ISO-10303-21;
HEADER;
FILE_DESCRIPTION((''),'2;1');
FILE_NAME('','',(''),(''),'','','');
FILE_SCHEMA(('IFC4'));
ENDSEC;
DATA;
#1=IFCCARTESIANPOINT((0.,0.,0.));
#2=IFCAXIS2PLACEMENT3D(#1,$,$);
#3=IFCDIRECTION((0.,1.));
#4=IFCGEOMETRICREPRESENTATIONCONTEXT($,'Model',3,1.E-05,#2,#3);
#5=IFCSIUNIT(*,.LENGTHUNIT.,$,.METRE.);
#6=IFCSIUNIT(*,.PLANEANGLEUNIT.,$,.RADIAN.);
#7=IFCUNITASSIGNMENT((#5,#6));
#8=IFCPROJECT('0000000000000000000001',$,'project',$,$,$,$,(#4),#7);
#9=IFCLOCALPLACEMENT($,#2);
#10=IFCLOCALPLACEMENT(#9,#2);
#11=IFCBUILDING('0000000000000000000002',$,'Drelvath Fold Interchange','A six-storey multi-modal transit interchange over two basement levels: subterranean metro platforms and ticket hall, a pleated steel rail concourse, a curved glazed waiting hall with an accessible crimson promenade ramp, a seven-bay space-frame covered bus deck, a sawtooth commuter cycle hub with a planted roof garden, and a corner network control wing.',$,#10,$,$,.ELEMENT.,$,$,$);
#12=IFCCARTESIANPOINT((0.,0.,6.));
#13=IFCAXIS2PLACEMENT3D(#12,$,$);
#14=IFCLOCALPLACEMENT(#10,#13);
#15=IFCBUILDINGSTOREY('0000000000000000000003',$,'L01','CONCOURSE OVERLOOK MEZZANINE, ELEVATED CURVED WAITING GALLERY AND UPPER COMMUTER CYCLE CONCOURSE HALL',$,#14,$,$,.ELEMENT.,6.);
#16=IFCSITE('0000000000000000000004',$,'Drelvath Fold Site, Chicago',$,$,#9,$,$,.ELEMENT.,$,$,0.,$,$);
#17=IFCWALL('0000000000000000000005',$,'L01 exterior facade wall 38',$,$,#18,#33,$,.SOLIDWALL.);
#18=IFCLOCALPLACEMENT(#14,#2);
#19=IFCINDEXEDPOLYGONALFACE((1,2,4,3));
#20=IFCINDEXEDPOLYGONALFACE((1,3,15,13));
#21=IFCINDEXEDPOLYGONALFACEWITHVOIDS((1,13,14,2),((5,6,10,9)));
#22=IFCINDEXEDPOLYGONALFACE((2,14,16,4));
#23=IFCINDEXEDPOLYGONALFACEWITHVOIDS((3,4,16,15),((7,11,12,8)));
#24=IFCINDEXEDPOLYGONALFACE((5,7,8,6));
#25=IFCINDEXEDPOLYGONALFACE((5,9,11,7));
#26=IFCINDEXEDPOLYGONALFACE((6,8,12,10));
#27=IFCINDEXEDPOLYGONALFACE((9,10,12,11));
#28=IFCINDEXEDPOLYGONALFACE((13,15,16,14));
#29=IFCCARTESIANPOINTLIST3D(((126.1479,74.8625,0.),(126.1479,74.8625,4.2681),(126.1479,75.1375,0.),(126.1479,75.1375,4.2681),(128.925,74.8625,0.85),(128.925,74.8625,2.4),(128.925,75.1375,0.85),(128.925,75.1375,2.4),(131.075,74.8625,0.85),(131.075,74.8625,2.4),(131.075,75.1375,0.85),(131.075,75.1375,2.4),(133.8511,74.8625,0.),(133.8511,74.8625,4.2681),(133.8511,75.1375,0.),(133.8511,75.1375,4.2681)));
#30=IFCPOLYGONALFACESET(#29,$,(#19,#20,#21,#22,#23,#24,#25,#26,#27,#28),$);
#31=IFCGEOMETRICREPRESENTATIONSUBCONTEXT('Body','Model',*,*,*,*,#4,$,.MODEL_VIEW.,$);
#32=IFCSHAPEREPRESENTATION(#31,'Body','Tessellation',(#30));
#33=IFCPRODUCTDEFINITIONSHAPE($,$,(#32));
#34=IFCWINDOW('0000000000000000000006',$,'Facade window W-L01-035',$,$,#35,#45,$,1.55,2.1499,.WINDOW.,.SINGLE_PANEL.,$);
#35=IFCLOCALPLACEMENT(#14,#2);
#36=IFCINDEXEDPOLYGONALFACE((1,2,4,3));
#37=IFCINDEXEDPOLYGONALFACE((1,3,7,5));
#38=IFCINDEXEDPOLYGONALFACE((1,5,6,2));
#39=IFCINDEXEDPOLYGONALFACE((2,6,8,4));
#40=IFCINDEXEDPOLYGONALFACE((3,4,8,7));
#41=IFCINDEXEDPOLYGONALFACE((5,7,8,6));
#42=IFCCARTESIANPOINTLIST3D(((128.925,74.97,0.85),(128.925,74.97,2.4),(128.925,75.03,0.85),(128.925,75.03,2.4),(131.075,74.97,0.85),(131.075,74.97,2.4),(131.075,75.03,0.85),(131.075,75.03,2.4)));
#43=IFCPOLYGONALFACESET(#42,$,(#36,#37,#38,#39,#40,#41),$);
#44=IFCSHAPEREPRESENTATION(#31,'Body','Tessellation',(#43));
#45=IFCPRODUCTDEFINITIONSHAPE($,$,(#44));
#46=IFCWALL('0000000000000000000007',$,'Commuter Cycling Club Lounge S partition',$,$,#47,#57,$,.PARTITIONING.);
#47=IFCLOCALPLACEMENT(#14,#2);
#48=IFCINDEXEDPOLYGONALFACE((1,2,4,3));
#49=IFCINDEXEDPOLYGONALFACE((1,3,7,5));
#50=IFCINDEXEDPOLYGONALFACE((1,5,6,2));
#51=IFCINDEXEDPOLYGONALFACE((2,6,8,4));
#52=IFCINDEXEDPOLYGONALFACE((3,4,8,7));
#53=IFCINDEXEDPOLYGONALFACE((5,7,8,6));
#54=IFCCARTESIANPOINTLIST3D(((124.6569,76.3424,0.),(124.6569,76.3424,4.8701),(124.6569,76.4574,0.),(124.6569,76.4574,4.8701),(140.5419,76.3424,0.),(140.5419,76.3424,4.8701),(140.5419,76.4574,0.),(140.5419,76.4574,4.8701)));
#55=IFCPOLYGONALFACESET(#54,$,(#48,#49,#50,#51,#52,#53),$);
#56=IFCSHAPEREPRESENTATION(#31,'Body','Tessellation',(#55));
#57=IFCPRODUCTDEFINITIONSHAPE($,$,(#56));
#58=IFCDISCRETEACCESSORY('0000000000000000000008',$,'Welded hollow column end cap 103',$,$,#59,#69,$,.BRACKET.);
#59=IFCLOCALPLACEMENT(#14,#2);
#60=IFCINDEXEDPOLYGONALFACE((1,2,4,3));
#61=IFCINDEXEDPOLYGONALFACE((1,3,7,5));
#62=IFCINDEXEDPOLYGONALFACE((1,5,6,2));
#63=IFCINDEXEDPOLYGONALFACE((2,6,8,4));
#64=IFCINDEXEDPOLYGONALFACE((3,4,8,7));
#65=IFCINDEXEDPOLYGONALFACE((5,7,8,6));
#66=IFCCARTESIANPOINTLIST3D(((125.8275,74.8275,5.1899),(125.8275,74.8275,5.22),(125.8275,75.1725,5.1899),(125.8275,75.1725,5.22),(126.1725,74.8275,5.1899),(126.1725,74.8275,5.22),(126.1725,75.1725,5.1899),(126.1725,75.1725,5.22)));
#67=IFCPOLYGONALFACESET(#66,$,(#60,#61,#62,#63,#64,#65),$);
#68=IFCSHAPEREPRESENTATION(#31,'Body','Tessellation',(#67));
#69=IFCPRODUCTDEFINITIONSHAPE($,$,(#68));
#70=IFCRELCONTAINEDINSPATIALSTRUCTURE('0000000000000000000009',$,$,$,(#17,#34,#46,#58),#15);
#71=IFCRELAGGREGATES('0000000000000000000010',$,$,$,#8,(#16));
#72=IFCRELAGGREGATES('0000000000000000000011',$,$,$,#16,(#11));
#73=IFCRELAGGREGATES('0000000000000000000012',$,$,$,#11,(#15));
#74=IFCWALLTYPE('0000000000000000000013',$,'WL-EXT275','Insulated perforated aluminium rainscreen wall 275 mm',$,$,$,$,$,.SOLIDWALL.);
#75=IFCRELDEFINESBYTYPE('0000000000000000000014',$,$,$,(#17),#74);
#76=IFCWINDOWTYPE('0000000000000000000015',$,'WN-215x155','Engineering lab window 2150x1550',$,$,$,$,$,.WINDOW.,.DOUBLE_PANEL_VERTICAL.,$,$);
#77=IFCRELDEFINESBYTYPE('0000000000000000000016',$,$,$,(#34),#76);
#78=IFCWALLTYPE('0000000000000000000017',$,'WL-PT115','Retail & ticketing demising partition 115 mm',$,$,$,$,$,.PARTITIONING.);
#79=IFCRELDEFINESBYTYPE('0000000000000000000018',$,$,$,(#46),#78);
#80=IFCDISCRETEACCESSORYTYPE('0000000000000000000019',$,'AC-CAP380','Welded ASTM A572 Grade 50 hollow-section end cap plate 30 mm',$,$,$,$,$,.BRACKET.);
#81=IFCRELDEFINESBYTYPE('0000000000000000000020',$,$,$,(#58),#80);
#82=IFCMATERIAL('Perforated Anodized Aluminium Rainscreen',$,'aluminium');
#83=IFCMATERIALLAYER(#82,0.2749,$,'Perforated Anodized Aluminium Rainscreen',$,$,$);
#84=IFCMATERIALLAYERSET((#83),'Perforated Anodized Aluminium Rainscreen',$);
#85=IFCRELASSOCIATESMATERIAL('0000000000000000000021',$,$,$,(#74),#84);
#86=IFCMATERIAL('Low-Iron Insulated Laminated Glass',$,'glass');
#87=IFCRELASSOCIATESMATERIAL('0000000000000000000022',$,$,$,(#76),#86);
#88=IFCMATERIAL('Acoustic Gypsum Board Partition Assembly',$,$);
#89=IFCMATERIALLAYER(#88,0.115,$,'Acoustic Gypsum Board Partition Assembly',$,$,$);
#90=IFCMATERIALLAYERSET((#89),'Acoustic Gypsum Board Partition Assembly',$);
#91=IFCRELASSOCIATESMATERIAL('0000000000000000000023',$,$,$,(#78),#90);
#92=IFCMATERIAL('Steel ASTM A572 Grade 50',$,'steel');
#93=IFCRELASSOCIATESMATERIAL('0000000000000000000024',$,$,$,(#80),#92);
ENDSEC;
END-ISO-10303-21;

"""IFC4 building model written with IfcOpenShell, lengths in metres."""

from ifc_helpers import new_model, si_unit, direction, frame, frame_2d, origin, origin_2d, place, context, subcontext, project, spatial, rectangle, extrude, material, layer, layer_set, type_object, element, fill, save


model = new_model("IFC4")

# Units and contexts
model_context = context("Model", 3, precision=1e-05, world=origin(), true_north=direction((0.0, 1.0)))
body_context = subcontext(model_context, "Body", "Model", "MODEL_VIEW")
ifc_project = project(units=[si_unit("LENGTHUNIT", "METRE"), si_unit("PLANEANGLEUNIT", "RADIAN")], contexts=[model_context])

# Site, building, storey
site_placement = place(None, origin())
site = spatial("IfcSite", under=ifc_project, at=site_placement, Name="Drelvath Fold Site, Chicago", CompositionType="ELEMENT", RefElevation=0.0)
building_placement = place(site_placement, origin())
building = spatial("IfcBuilding", under=site, at=building_placement, Name="Drelvath Fold Interchange", Description="A six-storey multi-modal transit interchange over two basement levels: subterranean metro platforms and ticket hall, a pleated steel rail concourse, a curved glazed waiting hall with an accessible crimson promenade ramp, a seven-bay space-frame covered bus deck, a sawtooth commuter cycle hub with a planted roof garden, and a corner network control wing.", CompositionType="ELEMENT")
storey_placement = place(building_placement, frame((0.0, 0.0, 6.0)))
storey = spatial("IfcBuildingStorey", under=building, at=storey_placement, Name="L01", Description="CONCOURSE OVERLOOK MEZZANINE, ELEVATED CURVED WAITING GALLERY AND UPPER COMMUTER CYCLE CONCOURSE HALL", CompositionType="ELEMENT", Elevation=6.0)

# Shared definitions
ifc_material_1 = material(Name="Low-Iron Insulated Laminated Glass", Category="glass")

# Wall, opening, window
ifc_material_2 = material(Name="Perforated Anodized Aluminium Rainscreen", Category="aluminium")
ifc_layer_1 = layer(ifc_material_2, 0.2749, Name="Perforated Anodized Aluminium Rainscreen")
ifc_layer_set_1 = layer_set([ifc_layer_1], Name="Perforated Anodized Aluminium Rainscreen")
wall_type_1 = type_object("IfcWallType", Name="WL-EXT275", Description="Insulated perforated aluminium rainscreen wall 275 mm", PredefinedType="SOLIDWALL", material=ifc_layer_set_1)
wall_1_placement = place(storey_placement, frame((126.1479, 75.0, 0.0), z_axis=(0.0, 0.0, 1.0), x_axis=(1.0, 0.0, 0.0)))
wall_1 = element("IfcWall", 1, at=wall_1_placement, inside=storey, type_object=wall_type_1, Name="L01 exterior facade wall 38", PredefinedType="SOLIDWALL", context=body_context, shape_type="SweptSolid", body=[
    extrude(rectangle(XDim=7.7031, YDim=0.2749, at=frame_2d((3.8516, 0.0))), origin(), (0.0, 0.0, 1.0), 4.2681),
])
opening_placement = place(wall_1_placement, frame((2.7771, 0.0, 0.8501)))
opening = element("IfcOpeningElement", 2, at=opening_placement, cuts=wall_1, PredefinedType="OPENING", context=body_context, shape_type="SweptSolid", body=[
    extrude(rectangle(XDim=2.1499, YDim=1.55, at=frame_2d((1.075, 0.7749))), frame((0.0, 0.1475, 0.0), z_axis=(0.0, -1.0, 0.0), x_axis=(1.0, 0.0, 0.0)), (0.0, 0.0, 1.0), 0.2949),
])
window_type = type_object("IfcWindowType", Name="WN-215x155", Description="Engineering lab window 2150x1550", PartitioningType="DOUBLE_PANEL_VERTICAL", PredefinedType="WINDOW", material=ifc_material_1)
window_placement = place(opening_placement, origin())
window = element("IfcWindow", 3, at=window_placement, inside=storey, type_object=window_type, Name="Facade window W-L01-035", OverallHeight=1.55, OverallWidth=2.1499, PartitioningType="SINGLE_PANEL", PredefinedType="WINDOW", context=body_context, shape_type="SweptSolid", body=[
    extrude(rectangle(XDim=2.1499, YDim=1.55, at=frame_2d((1.075, 0.7749))), frame((0.0, 0.03, 0.0), z_axis=(0.0, -1.0, 0.0), x_axis=(1.0, 0.0, 0.0)), (0.0, 0.0, 1.0), 0.0601),
])
fill(opening, window)

# Wall
ifc_material_3 = material(Name="Acoustic Gypsum Board Partition Assembly")
ifc_layer_2 = layer(ifc_material_3, 0.115, Name="Acoustic Gypsum Board Partition Assembly")
ifc_layer_set_2 = layer_set([ifc_layer_2], Name="Acoustic Gypsum Board Partition Assembly")
wall_type_2 = type_object("IfcWallType", Name="WL-PT115", Description="Retail & ticketing demising partition 115 mm", PredefinedType="PARTITIONING", material=ifc_layer_set_2)
wall_2_placement = place(storey_placement, frame((124.657, 76.3999, 0.0), z_axis=(0.0, 0.0, 1.0), x_axis=(1.0, 0.0, 0.0)))
element("IfcWall", 4, at=wall_2_placement, inside=storey, type_object=wall_type_2, Name="Commuter Cycling Club Lounge S partition", PredefinedType="PARTITIONING", context=body_context, shape_type="SweptSolid", body=[
    extrude(rectangle(XDim=15.885, YDim=0.115, at=frame_2d((7.9424, 0.0))), origin(), (0.0, 0.0, 1.0), 4.8701),
])

# Discrete accessory
ifc_material_4 = material(Name="Steel ASTM A572 Grade 50", Category="steel")
discrete_accessory_type = type_object("IfcDiscreteAccessoryType", Name="AC-CAP380", Description="Welded ASTM A572 Grade 50 hollow-section end cap plate 30 mm", PredefinedType="BRACKET", material=ifc_material_4)
discrete_accessory_placement = place(storey_placement, frame((126.0, 75.0, 5.1899), z_axis=(0.0, 0.0, 1.0), x_axis=(1.0, 0.0, 0.0)))
element("IfcDiscreteAccessory", 5, at=discrete_accessory_placement, inside=storey, type_object=discrete_accessory_type, Name="Welded hollow column end cap 103", PredefinedType="BRACKET", context=body_context, shape_type="SweptSolid", body=[
    extrude(rectangle(XDim=0.345, YDim=0.345, at=origin_2d()), origin(), (0.0, 0.0, 1.0), 0.03),
])

save(model, "model.ifc")
